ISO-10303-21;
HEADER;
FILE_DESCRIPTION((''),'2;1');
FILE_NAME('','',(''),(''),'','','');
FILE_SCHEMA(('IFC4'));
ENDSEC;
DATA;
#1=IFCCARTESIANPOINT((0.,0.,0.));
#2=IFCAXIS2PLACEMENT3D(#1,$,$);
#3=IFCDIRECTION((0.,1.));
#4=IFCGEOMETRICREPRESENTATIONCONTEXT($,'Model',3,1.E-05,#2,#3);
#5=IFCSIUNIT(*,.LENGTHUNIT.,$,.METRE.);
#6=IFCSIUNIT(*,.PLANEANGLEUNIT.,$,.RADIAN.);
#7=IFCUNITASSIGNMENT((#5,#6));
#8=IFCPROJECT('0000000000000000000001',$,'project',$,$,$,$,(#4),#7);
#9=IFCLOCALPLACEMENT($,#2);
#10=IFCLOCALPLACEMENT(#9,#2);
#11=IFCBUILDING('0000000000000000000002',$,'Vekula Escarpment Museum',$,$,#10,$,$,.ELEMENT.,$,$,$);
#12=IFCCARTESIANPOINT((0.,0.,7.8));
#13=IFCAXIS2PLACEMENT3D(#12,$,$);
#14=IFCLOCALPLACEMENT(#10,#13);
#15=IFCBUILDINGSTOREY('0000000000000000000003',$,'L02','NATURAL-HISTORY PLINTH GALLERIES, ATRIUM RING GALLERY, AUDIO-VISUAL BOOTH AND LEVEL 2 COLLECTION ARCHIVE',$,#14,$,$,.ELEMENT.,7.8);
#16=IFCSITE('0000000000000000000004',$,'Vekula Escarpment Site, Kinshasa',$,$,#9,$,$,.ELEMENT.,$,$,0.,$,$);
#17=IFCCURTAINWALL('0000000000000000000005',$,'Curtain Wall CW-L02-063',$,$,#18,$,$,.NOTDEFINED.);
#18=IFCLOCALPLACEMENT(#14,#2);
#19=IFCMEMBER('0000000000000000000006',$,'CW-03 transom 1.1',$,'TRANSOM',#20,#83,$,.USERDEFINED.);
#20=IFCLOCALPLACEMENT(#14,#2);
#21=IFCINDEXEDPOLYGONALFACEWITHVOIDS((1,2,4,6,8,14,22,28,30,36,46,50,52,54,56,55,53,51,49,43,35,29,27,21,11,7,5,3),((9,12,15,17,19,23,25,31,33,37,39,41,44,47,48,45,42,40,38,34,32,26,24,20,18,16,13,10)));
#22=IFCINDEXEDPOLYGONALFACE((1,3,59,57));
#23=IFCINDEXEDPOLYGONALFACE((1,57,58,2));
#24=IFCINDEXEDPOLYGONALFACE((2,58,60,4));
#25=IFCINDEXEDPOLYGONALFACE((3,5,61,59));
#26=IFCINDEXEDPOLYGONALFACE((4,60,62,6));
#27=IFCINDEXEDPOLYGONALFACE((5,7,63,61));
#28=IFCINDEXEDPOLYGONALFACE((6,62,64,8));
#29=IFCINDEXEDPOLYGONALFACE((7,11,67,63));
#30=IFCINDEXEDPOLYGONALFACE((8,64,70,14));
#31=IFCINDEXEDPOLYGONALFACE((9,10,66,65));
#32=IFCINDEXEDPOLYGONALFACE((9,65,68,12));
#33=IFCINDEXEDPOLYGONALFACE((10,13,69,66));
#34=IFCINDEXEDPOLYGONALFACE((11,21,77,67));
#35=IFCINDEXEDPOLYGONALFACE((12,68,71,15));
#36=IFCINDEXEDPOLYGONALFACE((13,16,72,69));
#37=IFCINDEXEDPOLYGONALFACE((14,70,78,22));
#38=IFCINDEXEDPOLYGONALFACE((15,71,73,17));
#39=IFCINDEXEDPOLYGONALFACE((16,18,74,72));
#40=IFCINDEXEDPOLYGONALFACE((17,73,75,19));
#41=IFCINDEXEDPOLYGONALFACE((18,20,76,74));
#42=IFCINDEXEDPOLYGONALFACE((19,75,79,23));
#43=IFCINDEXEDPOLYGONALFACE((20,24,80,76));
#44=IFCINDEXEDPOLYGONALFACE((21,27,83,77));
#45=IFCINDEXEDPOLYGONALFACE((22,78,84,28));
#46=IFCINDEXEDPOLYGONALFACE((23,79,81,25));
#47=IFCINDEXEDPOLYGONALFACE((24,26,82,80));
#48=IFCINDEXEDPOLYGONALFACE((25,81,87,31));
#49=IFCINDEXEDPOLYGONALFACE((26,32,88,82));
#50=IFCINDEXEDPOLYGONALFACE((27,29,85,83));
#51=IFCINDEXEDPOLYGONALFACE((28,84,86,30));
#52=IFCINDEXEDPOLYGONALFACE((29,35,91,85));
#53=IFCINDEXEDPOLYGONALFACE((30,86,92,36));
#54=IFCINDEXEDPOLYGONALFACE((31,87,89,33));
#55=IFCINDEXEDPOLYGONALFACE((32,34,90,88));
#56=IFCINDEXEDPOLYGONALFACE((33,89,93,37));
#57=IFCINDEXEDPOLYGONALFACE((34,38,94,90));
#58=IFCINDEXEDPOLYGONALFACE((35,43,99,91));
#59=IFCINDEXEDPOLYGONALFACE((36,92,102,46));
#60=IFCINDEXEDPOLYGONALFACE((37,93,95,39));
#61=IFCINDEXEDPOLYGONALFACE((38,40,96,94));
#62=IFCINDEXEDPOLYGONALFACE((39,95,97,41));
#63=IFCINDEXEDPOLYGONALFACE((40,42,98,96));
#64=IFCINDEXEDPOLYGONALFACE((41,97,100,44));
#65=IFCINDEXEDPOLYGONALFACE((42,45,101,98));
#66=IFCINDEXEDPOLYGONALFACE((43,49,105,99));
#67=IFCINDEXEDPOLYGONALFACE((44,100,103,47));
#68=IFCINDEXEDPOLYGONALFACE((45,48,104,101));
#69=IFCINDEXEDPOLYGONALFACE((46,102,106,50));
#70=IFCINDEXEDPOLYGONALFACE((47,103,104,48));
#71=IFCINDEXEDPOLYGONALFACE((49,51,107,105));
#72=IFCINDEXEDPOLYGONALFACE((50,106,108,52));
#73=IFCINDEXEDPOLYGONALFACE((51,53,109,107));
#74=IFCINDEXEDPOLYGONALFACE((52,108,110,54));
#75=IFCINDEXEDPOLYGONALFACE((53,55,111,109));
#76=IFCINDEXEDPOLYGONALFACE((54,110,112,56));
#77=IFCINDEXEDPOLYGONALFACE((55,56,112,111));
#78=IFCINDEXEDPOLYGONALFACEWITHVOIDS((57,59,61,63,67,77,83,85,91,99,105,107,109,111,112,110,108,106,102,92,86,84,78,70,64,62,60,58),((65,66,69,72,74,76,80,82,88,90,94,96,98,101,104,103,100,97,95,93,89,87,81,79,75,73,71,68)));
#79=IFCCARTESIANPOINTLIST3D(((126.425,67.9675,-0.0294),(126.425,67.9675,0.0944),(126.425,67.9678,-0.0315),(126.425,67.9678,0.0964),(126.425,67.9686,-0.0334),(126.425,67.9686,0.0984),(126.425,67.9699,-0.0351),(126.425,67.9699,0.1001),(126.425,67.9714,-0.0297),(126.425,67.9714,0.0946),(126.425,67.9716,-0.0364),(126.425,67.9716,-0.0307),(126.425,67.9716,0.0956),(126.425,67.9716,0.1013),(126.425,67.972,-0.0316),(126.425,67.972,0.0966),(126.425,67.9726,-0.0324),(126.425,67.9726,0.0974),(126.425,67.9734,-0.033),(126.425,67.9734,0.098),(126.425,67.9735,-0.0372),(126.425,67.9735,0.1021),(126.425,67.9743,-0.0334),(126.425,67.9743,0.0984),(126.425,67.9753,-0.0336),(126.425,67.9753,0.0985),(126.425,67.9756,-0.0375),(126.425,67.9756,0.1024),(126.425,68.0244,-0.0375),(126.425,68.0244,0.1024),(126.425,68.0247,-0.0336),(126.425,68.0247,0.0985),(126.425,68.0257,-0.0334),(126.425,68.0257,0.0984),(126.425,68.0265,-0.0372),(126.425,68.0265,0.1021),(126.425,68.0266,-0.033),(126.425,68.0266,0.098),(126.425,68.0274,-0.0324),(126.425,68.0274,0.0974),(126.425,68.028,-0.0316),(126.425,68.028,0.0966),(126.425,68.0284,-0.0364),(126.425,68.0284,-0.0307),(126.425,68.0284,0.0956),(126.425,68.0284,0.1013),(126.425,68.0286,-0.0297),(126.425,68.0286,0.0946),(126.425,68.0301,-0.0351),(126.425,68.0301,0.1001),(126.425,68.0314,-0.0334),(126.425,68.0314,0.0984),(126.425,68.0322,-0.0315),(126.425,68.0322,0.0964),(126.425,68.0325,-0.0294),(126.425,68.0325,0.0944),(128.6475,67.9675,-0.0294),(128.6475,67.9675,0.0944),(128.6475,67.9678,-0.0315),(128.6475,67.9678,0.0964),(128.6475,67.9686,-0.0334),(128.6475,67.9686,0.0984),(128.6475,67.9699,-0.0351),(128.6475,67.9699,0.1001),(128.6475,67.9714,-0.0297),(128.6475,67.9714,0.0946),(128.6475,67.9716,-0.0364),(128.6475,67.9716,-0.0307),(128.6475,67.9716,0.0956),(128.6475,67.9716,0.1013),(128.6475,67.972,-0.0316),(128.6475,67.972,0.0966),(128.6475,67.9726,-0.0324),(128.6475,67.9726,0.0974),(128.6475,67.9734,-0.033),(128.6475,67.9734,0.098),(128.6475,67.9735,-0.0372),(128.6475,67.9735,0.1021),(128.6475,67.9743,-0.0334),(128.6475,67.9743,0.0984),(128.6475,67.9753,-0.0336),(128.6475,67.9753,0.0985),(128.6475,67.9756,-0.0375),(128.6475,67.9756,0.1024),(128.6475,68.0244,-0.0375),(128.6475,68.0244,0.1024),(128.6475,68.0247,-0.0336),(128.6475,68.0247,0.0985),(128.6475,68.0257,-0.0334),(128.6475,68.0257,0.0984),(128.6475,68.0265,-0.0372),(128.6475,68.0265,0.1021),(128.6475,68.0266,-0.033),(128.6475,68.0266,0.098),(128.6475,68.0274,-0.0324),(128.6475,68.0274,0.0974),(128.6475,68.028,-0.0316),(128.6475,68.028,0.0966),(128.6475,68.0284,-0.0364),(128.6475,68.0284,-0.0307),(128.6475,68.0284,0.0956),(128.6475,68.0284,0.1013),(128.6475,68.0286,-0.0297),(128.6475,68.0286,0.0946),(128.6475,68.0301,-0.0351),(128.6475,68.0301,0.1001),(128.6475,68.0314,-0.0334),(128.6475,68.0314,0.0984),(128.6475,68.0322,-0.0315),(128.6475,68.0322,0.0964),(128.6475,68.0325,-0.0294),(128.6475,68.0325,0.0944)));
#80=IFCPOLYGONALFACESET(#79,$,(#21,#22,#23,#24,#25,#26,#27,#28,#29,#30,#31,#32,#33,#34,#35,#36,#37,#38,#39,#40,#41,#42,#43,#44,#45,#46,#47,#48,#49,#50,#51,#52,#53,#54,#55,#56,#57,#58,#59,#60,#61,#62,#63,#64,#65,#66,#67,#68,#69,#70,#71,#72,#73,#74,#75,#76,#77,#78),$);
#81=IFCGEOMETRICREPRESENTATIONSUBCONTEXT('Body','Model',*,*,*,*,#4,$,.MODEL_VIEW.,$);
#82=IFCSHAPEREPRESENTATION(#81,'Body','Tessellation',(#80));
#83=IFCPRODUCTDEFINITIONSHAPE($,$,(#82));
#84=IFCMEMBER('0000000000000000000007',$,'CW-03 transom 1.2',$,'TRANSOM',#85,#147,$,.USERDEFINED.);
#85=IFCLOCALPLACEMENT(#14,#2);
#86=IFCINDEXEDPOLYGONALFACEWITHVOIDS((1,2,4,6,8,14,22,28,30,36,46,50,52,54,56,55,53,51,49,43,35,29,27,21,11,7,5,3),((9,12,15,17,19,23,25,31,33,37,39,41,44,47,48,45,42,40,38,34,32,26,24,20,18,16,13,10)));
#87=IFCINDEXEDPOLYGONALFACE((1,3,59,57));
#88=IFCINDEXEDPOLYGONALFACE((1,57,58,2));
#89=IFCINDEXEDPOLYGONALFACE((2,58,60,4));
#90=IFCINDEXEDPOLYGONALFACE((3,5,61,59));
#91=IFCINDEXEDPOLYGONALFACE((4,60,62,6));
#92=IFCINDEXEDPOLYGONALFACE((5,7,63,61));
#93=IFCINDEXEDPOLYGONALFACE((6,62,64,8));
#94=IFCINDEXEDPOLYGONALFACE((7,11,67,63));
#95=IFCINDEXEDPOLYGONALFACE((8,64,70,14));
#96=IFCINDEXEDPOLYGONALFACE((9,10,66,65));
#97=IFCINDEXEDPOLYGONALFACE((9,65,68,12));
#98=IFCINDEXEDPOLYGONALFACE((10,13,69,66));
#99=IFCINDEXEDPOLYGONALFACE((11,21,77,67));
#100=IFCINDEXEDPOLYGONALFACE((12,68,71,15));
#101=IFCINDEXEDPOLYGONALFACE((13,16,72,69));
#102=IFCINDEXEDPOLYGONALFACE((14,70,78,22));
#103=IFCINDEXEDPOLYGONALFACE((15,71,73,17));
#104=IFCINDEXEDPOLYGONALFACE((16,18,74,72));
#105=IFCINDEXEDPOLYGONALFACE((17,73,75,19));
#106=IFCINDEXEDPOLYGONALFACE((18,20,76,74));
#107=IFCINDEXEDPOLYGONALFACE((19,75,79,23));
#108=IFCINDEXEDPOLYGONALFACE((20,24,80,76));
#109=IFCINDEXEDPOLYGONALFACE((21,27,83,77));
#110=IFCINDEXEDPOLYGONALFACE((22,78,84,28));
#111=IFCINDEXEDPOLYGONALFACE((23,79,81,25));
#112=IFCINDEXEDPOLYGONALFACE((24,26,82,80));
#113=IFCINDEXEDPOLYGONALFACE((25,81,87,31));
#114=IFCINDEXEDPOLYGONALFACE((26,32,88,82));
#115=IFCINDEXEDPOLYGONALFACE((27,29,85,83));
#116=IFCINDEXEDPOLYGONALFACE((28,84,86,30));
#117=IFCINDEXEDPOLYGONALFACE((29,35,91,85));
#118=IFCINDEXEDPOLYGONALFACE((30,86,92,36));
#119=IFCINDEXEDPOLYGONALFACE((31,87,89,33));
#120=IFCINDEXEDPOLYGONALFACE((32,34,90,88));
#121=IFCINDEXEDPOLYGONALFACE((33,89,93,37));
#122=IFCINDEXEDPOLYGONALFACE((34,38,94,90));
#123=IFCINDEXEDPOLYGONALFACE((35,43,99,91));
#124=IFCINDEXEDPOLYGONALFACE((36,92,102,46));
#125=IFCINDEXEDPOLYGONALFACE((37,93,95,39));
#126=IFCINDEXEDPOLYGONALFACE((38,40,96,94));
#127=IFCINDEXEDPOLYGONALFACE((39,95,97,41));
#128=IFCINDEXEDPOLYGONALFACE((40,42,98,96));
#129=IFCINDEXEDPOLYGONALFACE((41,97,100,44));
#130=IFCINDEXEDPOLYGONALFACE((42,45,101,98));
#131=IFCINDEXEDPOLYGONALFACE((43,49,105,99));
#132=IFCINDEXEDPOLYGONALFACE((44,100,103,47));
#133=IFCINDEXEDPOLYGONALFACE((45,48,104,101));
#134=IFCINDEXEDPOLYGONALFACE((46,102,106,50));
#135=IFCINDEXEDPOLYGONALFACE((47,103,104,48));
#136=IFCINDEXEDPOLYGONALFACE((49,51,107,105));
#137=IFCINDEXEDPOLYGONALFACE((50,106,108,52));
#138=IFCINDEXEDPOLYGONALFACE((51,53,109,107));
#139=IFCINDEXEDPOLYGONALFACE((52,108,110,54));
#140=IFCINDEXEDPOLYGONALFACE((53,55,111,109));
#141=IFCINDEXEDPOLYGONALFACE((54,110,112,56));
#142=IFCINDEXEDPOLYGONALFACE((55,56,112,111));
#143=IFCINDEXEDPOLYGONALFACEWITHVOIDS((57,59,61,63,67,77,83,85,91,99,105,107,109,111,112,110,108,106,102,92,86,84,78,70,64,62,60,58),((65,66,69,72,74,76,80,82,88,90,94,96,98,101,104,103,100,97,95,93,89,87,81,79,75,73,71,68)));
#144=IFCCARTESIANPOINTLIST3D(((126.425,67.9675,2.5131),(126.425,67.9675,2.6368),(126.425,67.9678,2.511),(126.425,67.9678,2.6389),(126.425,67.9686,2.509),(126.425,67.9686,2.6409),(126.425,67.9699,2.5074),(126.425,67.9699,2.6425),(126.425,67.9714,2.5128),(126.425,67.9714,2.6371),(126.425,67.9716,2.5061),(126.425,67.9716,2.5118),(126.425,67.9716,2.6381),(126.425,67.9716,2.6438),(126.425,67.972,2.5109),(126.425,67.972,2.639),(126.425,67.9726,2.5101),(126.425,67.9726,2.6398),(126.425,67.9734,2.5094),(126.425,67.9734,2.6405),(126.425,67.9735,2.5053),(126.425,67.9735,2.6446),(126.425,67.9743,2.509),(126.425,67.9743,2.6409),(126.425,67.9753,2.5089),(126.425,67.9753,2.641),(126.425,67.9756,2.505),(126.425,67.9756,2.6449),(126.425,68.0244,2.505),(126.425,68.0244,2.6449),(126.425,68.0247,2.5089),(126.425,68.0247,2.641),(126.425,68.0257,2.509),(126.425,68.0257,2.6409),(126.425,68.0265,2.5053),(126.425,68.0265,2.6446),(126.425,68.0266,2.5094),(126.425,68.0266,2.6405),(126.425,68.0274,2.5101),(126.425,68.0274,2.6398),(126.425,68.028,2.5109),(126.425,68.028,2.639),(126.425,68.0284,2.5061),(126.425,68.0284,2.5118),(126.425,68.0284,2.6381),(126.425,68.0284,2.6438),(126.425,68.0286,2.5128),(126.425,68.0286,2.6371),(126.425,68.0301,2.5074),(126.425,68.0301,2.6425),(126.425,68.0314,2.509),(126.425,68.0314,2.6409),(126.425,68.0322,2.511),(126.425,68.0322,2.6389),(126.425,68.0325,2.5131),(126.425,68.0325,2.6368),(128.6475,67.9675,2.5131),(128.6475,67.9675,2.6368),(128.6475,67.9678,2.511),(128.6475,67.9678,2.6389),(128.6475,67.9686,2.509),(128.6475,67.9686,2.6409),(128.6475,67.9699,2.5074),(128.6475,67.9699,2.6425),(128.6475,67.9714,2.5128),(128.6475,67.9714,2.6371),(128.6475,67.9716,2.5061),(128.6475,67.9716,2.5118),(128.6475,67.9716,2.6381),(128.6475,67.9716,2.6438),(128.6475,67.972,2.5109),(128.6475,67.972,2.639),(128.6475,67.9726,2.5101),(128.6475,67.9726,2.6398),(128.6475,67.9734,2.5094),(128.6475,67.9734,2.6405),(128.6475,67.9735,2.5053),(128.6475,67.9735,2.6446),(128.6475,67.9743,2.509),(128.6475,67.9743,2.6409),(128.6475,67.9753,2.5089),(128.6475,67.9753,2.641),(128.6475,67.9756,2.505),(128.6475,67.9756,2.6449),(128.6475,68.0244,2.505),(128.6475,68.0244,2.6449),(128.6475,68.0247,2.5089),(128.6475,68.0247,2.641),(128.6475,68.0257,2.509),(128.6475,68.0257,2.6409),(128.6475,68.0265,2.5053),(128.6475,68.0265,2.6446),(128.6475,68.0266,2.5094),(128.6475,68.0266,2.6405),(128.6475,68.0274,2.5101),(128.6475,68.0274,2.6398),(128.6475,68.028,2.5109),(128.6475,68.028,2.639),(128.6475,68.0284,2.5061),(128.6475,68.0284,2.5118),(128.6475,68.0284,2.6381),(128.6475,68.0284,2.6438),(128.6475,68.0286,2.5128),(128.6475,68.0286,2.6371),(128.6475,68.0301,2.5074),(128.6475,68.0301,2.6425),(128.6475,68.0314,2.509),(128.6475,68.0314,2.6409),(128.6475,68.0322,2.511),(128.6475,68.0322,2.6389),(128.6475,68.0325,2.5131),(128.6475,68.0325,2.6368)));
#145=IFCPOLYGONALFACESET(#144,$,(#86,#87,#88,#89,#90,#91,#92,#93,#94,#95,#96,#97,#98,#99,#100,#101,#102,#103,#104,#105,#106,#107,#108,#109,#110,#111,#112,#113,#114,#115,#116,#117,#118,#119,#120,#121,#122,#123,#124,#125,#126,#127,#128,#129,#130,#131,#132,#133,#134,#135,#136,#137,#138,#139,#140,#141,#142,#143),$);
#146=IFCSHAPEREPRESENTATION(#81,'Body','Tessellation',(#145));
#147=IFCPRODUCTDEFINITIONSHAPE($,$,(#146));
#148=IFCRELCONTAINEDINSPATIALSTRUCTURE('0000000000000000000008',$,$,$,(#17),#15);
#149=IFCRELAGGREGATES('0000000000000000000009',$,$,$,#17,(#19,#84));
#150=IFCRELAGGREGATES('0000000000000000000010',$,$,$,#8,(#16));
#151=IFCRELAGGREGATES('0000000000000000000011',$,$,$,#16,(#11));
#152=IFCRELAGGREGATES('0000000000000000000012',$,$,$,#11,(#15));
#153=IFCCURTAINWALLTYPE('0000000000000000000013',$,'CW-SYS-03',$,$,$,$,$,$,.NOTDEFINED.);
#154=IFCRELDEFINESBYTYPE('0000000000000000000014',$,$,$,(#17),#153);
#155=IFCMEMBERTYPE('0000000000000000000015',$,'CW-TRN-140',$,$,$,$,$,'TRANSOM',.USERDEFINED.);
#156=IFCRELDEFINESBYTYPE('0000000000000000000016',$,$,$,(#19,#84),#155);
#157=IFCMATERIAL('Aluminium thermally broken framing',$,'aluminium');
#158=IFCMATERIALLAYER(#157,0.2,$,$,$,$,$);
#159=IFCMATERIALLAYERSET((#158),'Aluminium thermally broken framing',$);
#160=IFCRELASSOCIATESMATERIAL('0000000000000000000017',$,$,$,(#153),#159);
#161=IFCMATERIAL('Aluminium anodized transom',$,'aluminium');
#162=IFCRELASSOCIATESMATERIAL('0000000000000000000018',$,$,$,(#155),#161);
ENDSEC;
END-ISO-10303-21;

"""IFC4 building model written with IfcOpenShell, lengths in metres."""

from ifc_helpers import new_model, si_unit, direction, frame, origin, origin_2d, place, context, subcontext, project, spatial, hollow_rectangle, extrude, material, layer, layer_set, material_profile, profile_set, type_object, element, aggregate, save


model = new_model("IFC4")

# Units and contexts
model_context = context("Model", 3, precision=1e-05, world=origin(), true_north=direction((0.0, 1.0)))
body_context = subcontext(model_context, "Body", "Model", "MODEL_VIEW")
ifc_project = project(units=[si_unit("LENGTHUNIT", "METRE"), si_unit("PLANEANGLEUNIT", "RADIAN")], contexts=[model_context])

# Site, building, storey
site_placement = place(None, origin())
site = spatial("IfcSite", under=ifc_project, at=site_placement, Name="Vekula Escarpment Site, Kinshasa", CompositionType="ELEMENT", RefElevation=0.0)
building_placement = place(site_placement, origin())
building = spatial("IfcBuilding", under=site, at=building_placement, Name="Vekula Escarpment Museum", CompositionType="ELEMENT")
storey_placement = place(building_placement, frame((0.0, 0.0, 7.8)))
storey = spatial("IfcBuildingStorey", under=building, at=storey_placement, Name="L02", Description="NATURAL-HISTORY PLINTH GALLERIES, ATRIUM RING GALLERY, AUDIO-VISUAL BOOTH AND LEVEL 2 COLLECTION ARCHIVE", CompositionType="ELEMENT", Elevation=7.8)

# Curtain wall
ifc_material_1 = material(Name="Aluminium thermally broken framing", Category="aluminium")
ifc_layer_1 = layer(ifc_material_1, 0.2)
ifc_layer_set_1 = layer_set([ifc_layer_1], Name="Aluminium thermally broken framing")
curtain_wall_type_1 = type_object("IfcCurtainWallType", Name="CW-SYS-03", PredefinedType="NOTDEFINED", material=ifc_layer_set_1)
curtain_wall_1_placement = place(storey_placement, origin())
curtain_wall_1 = element("IfcCurtainWall", 1, at=curtain_wall_1_placement, inside=storey, type_object=curtain_wall_type_1, Name="Curtain Wall CW-L02-063", PredefinedType="NOTDEFINED")

# Members
ifc_material_2 = material(Name="Aluminium anodized transom", Category="aluminium")
ifc_material_profile_1 = material_profile(ifc_material_2, hollow_rectangle(XDim=0.0649, YDim=0.1399, WallThickness=0.0039, InnerFilletRadius=0.0039, OuterFilletRadius=0.0081, at=origin_2d()), Name="ALU 140x65x4")
ifc_profile_set_1 = profile_set([ifc_material_profile_1], Name="Aluminium anodized transom")
member_type_1 = type_object("IfcMemberType", Name="CW-TRN-140", ElementType="TRANSOM", PredefinedType="USERDEFINED", material=ifc_profile_set_1)
member_1_placement = place(storey_placement, frame((126.425, 68.0, 0.0325), z_axis=(1.0, 0.0, 0.0), x_axis=(0.0, 1.0, 0.0)))
member_1 = element("IfcMember", 2, at=member_1_placement, type_object=member_type_1, Name="CW-03 transom 1.1", ObjectType="TRANSOM", PredefinedType="USERDEFINED", context=body_context, shape_type="SweptSolid", body=[
    extrude(hollow_rectangle(XDim=0.0649, YDim=0.1399, WallThickness=0.0039, InnerFilletRadius=0.0039, OuterFilletRadius=0.0081, at=origin_2d()), origin(), (0.0, 0.0, 1.0), 2.2224),
])
member_2_placement = place(storey_placement, frame((126.425, 68.0, 2.575), z_axis=(1.0, 0.0, 0.0), x_axis=(0.0, 1.0, 0.0)))
member_2 = element("IfcMember", 3, at=member_2_placement, type_object=member_type_1, Name="CW-03 transom 1.2", ObjectType="TRANSOM", PredefinedType="USERDEFINED", context=body_context, shape_type="SweptSolid", body=[
    extrude(hollow_rectangle(XDim=0.0649, YDim=0.1399, WallThickness=0.0039, InnerFilletRadius=0.0039, OuterFilletRadius=0.0081, at=origin_2d()), origin(), (0.0, 0.0, 1.0), 2.2224),
])
aggregate(curtain_wall_1, [member_1, member_2])

save(model, "model.ifc")
